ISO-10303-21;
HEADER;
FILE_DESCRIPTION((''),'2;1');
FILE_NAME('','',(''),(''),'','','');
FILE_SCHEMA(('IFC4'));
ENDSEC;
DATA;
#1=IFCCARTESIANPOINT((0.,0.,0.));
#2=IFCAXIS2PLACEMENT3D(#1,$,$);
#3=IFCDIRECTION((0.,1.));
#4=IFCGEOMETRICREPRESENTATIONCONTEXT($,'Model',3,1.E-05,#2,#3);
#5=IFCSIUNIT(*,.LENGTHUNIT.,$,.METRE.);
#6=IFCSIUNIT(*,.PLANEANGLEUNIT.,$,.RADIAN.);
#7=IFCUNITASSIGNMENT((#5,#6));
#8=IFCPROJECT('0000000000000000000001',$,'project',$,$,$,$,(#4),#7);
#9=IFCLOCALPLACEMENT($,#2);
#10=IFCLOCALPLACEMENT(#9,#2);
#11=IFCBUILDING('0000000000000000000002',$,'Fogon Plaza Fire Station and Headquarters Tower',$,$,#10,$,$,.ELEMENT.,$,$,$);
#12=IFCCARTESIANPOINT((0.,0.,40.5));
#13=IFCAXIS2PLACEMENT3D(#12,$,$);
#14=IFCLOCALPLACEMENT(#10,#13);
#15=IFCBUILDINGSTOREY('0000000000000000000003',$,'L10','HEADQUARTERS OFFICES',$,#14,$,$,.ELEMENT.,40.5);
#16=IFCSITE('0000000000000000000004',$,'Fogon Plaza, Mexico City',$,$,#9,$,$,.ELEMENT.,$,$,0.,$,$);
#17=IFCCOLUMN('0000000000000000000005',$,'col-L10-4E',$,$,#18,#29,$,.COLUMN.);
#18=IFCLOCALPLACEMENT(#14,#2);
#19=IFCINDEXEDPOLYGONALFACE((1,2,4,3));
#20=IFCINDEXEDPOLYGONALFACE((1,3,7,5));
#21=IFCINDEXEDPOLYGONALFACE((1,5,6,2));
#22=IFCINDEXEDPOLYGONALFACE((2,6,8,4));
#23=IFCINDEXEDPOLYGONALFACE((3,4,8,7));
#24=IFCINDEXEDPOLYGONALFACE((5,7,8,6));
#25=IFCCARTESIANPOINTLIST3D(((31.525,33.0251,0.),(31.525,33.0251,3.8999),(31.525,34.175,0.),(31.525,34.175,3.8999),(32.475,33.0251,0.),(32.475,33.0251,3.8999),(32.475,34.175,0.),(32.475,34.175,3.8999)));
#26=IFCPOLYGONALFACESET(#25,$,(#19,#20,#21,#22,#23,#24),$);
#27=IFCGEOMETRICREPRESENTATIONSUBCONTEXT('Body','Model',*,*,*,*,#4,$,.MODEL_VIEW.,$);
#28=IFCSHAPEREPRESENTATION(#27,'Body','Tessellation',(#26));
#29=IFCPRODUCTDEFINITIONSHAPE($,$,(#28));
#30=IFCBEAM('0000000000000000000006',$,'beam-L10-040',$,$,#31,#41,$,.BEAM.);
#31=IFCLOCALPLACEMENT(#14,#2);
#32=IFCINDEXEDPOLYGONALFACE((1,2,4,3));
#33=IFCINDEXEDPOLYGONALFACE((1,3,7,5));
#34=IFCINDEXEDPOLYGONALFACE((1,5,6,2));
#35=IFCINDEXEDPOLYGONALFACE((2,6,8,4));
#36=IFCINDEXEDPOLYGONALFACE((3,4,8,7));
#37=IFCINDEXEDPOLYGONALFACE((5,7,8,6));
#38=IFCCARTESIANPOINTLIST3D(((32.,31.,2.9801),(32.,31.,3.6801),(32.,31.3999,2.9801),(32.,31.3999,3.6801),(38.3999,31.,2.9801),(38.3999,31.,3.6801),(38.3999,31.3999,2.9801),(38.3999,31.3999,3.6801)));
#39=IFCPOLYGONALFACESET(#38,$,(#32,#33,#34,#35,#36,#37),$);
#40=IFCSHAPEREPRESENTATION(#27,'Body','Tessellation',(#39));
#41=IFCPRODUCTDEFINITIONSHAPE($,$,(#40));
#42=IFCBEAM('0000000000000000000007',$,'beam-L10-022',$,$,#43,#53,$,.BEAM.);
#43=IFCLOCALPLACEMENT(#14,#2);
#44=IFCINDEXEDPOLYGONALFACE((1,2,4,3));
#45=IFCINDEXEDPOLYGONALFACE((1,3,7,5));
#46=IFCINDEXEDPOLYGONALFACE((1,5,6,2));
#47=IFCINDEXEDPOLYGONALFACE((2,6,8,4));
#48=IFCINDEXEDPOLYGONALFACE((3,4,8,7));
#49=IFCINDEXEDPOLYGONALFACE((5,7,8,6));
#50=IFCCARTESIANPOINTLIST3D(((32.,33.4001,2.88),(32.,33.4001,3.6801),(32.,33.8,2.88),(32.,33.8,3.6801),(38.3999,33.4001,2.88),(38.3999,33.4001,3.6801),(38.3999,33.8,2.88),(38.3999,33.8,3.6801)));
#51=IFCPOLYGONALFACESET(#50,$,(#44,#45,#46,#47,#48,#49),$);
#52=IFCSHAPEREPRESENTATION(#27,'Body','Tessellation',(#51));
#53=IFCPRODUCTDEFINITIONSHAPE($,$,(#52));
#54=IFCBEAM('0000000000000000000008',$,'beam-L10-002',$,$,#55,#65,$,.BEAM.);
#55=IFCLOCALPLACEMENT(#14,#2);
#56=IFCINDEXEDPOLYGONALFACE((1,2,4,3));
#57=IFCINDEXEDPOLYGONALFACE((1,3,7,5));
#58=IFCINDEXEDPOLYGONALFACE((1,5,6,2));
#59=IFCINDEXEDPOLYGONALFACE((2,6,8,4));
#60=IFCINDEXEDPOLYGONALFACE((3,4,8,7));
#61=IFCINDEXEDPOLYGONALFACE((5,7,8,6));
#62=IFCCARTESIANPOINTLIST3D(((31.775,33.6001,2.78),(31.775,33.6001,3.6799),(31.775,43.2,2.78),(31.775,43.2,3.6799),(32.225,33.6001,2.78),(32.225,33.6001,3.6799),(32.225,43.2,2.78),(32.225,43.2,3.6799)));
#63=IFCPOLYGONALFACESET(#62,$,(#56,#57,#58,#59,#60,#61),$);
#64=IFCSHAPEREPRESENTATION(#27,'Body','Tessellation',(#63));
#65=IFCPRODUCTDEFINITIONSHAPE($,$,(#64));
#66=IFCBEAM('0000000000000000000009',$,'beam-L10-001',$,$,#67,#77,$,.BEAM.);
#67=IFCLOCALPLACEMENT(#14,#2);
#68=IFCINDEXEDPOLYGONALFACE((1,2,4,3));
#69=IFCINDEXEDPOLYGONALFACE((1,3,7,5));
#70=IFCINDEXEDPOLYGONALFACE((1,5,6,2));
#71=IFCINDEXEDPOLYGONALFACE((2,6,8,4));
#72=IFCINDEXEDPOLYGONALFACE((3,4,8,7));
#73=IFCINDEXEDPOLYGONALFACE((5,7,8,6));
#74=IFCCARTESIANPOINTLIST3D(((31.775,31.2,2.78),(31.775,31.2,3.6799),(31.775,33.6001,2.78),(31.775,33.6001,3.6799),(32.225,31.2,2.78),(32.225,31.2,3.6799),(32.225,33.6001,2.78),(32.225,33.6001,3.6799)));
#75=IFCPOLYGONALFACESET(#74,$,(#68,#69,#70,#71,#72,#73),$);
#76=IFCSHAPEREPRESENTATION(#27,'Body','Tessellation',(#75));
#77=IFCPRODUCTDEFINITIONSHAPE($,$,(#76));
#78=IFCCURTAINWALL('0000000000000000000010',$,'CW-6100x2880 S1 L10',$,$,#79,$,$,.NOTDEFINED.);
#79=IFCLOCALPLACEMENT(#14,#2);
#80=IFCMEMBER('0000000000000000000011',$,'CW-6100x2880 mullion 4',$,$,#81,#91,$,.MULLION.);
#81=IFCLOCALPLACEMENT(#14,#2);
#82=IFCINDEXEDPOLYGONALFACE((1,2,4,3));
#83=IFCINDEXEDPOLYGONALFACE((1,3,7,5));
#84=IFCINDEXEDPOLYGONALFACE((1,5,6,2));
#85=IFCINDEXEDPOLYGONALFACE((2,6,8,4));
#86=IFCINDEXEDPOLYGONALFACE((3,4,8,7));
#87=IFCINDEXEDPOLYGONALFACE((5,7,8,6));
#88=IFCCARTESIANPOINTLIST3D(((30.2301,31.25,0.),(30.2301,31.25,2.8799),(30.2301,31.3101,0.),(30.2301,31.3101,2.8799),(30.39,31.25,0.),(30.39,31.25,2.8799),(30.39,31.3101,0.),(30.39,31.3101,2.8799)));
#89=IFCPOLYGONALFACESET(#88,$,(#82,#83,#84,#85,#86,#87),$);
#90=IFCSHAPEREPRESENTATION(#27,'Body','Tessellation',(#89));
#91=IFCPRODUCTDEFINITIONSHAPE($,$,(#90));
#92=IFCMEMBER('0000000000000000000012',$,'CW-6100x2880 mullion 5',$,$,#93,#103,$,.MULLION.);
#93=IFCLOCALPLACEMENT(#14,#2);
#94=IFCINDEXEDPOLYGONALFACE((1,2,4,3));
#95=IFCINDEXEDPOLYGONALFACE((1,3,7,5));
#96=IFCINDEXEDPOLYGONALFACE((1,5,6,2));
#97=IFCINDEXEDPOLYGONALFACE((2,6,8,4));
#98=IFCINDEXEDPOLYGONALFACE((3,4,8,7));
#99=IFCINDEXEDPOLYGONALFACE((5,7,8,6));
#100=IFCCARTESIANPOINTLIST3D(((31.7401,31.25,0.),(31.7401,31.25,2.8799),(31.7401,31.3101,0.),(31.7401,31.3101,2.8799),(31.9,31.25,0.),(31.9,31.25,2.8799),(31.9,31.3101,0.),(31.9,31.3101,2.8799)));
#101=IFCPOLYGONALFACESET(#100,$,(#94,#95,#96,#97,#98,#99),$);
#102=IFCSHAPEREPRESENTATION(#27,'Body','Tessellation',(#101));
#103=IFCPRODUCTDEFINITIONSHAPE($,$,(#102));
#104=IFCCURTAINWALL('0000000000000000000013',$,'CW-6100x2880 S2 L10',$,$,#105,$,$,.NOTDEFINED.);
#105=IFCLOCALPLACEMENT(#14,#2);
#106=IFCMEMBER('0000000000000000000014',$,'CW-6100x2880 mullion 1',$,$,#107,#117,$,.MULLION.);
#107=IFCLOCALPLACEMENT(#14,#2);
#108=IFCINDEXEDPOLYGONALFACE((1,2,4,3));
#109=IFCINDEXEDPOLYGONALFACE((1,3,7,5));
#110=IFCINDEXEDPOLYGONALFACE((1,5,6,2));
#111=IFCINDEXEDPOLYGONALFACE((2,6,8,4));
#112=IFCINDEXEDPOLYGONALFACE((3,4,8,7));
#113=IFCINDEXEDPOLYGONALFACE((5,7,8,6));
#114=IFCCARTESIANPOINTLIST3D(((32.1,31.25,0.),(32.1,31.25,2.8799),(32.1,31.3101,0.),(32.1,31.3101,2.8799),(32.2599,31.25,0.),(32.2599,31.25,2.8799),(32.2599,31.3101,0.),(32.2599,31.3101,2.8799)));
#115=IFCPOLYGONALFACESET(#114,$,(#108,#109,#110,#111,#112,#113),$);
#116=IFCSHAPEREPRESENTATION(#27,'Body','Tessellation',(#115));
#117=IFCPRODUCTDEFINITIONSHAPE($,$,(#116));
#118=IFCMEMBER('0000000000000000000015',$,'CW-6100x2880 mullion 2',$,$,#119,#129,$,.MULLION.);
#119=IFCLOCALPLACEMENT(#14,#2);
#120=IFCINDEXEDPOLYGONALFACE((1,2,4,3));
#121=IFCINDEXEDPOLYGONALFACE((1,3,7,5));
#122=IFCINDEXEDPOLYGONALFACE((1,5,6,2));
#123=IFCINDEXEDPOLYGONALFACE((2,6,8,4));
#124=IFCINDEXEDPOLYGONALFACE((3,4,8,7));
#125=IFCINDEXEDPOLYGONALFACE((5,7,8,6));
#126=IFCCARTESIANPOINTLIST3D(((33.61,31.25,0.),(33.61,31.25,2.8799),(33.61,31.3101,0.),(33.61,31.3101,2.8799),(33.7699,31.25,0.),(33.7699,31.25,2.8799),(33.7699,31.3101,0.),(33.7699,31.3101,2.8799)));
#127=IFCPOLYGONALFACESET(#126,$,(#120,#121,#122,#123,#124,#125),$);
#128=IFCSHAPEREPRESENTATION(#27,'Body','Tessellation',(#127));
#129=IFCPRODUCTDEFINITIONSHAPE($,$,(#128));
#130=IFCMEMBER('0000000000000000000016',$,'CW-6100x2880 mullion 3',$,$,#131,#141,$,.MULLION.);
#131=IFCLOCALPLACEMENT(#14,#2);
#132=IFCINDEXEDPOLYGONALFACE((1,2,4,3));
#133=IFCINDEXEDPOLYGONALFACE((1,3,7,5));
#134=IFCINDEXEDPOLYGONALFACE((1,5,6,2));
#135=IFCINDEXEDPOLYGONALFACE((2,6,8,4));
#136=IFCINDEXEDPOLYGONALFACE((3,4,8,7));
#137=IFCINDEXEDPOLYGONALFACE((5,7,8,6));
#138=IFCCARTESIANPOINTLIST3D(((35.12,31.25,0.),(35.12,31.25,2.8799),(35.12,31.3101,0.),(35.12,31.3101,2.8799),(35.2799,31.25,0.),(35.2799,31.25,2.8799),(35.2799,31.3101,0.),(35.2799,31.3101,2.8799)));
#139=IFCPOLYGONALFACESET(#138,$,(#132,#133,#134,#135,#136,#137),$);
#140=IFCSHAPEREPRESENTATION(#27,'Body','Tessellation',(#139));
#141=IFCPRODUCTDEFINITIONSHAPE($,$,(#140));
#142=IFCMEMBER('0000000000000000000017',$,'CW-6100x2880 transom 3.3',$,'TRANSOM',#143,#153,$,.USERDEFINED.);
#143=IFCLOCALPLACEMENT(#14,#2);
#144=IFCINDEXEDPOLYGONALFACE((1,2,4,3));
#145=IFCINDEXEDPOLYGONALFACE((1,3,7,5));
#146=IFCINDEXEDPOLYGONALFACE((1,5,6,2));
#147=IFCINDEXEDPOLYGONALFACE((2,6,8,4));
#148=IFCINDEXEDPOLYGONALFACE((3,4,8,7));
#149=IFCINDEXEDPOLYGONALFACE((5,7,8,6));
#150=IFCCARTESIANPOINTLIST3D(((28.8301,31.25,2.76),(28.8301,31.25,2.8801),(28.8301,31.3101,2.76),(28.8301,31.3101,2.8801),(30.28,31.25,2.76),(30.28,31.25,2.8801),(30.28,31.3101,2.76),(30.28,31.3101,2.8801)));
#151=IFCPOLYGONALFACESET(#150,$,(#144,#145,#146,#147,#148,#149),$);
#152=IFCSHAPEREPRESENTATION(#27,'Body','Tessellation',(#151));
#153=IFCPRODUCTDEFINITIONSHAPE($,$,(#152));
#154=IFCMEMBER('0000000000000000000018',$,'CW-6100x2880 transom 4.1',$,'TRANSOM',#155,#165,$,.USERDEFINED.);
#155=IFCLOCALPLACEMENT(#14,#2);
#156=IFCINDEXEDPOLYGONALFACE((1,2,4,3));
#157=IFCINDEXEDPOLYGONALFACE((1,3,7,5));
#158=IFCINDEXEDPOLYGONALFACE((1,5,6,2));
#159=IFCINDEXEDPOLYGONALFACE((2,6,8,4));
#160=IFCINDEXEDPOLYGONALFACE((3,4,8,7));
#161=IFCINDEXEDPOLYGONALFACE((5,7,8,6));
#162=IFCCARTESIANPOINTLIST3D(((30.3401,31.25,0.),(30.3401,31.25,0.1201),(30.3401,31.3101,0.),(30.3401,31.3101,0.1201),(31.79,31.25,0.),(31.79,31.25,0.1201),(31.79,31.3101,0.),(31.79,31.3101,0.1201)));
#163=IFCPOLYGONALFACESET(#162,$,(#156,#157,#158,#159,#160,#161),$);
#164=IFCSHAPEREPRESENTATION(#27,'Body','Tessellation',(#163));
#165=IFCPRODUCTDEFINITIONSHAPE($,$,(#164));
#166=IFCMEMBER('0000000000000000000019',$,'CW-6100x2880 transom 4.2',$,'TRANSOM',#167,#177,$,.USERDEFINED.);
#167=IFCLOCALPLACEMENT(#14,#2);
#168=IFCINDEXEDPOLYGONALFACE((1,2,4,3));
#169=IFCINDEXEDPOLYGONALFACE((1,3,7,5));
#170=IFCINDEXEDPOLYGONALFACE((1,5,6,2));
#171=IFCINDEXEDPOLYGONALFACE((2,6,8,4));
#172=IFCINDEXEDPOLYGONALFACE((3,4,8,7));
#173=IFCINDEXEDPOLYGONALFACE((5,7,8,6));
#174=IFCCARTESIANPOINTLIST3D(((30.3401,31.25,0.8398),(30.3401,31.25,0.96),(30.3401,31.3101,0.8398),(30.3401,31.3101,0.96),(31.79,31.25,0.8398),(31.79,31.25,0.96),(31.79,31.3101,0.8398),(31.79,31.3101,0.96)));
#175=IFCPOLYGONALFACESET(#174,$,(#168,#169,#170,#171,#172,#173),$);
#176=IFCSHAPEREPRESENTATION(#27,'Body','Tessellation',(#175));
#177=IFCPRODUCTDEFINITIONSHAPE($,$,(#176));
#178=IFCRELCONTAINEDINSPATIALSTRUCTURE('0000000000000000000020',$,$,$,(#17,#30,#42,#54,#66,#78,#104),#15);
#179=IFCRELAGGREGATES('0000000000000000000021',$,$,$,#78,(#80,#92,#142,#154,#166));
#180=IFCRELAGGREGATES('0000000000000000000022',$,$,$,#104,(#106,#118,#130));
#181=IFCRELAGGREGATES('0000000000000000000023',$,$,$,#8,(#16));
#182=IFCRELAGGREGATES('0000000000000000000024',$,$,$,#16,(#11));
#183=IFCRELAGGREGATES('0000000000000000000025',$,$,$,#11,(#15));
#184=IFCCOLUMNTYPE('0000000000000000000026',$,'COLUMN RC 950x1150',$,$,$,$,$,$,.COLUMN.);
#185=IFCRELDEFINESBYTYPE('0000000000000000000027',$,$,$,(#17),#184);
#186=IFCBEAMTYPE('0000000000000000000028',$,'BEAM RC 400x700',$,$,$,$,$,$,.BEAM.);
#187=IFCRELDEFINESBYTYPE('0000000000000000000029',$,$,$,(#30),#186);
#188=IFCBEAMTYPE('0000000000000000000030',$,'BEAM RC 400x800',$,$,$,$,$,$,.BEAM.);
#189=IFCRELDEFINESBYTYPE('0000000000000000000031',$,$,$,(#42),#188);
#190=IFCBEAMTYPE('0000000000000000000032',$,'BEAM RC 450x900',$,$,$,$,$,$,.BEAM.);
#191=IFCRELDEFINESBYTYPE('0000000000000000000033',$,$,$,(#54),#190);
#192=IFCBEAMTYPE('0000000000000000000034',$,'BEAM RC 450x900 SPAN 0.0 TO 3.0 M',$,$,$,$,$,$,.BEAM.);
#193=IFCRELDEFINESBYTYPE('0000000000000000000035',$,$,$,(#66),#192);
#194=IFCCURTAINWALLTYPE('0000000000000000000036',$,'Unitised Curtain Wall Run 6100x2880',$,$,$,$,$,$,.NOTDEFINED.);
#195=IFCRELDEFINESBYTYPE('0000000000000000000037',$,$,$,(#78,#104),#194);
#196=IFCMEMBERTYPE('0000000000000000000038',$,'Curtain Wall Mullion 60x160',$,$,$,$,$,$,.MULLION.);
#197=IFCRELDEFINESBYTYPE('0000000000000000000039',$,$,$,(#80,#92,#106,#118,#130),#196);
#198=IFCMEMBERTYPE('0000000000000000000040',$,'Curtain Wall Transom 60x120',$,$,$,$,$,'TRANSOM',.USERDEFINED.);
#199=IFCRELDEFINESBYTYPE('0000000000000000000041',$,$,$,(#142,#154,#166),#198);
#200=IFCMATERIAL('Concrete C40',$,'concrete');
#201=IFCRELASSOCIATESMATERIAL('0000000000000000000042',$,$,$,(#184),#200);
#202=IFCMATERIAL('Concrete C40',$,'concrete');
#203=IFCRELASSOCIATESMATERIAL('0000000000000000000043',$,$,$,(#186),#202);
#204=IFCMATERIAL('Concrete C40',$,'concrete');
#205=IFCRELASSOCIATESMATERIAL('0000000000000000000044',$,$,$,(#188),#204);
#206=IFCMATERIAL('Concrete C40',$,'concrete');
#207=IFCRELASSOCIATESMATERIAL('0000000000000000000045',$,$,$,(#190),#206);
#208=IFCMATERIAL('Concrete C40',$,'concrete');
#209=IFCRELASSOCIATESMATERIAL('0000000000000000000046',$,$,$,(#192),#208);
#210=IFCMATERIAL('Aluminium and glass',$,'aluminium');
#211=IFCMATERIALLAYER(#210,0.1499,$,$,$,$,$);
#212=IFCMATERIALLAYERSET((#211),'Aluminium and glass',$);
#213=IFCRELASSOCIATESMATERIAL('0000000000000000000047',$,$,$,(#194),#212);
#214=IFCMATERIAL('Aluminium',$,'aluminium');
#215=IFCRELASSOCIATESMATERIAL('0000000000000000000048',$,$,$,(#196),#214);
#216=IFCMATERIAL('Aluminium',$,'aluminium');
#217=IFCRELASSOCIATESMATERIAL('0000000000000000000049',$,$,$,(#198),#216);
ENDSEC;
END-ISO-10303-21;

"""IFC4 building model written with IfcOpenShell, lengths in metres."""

from ifc_helpers import new_model, si_unit, direction, frame, origin, origin_2d, place, context, subcontext, project, spatial, rectangle, extrude, material, layer, layer_set, material_profile, profile_set, type_object, element, aggregate, save


model = new_model("IFC4")

# Units and contexts
model_context = context("Model", 3, precision=1e-05, world=origin(), true_north=direction((0.0, 1.0)))
body_context = subcontext(model_context, "Body", "Model", "MODEL_VIEW")
ifc_project = project(units=[si_unit("LENGTHUNIT", "METRE"), si_unit("PLANEANGLEUNIT", "RADIAN")], contexts=[model_context])

# Site, building, storey
site_placement = place(None, origin())
site = spatial("IfcSite", under=ifc_project, at=site_placement, Name="Fogon Plaza, Mexico City", CompositionType="ELEMENT", RefElevation=0.0)
building_placement = place(site_placement, origin())
building = spatial("IfcBuilding", under=site, at=building_placement, Name="Fogon Plaza Fire Station and Headquarters Tower", CompositionType="ELEMENT")
storey_placement = place(building_placement, frame((0.0, 0.0, 40.5)))
storey = spatial("IfcBuildingStorey", under=building, at=storey_placement, Name="L10", Description="HEADQUARTERS OFFICES", CompositionType="ELEMENT", Elevation=40.5)

# Column
ifc_material_1 = material(Name="Concrete C40", Category="concrete")
ifc_material_profile_1 = material_profile(ifc_material_1, rectangle(XDim=0.95, YDim=1.1499, at=origin_2d()), Name="RC 950x1150")
ifc_profile_set_1 = profile_set([ifc_material_profile_1], Name="Concrete C40")
column_type = type_object("IfcColumnType", Name="COLUMN RC 950x1150", PredefinedType="COLUMN", material=ifc_profile_set_1)
column_placement = place(storey_placement, frame((32.0, 33.6001, 0.0), z_axis=(0.0, 0.0, 1.0), x_axis=(1.0, 0.0, 0.0)))
element("IfcColumn", 1, at=column_placement, inside=storey, type_object=column_type, Name="col-L10-4E", PredefinedType="COLUMN", context=body_context, shape_type="SweptSolid", body=[
    extrude(rectangle(XDim=0.95, YDim=1.1499, at=origin_2d()), origin(), (0.0, 0.0, 1.0), 3.8999),
])

# Beams
ifc_material_2 = material(Name="Concrete C40", Category="concrete")
ifc_material_profile_2 = material_profile(ifc_material_2, rectangle(XDim=0.3999, YDim=0.7, at=origin_2d()), Name="RC 400x700")
ifc_profile_set_2 = profile_set([ifc_material_profile_2], Name="Concrete C40")
beam_type_1 = type_object("IfcBeamType", Name="BEAM RC 400x700", PredefinedType="BEAM", material=ifc_profile_set_2)
beam_1_placement = place(storey_placement, frame((32.0, 31.2, 3.3301), z_axis=(1.0, 0.0, 0.0), x_axis=(0.0, 1.0, 0.0)))
element("IfcBeam", 2, at=beam_1_placement, inside=storey, type_object=beam_type_1, Name="beam-L10-040", PredefinedType="BEAM", context=body_context, shape_type="SweptSolid", body=[
    extrude(rectangle(XDim=0.3999, YDim=0.7, at=origin_2d()), origin(), (0.0, 0.0, 1.0), 6.3999),
])
ifc_material_3 = material(Name="Concrete C40", Category="concrete")
ifc_material_profile_3 = material_profile(ifc_material_3, rectangle(XDim=0.3999, YDim=0.8, at=origin_2d()), Name="RC 400x800")
ifc_profile_set_3 = profile_set([ifc_material_profile_3], Name="Concrete C40")
beam_type_2 = type_object("IfcBeamType", Name="BEAM RC 400x800", PredefinedType="BEAM", material=ifc_profile_set_3)
beam_2_placement = place(storey_placement, frame((32.0, 33.6001, 3.28), z_axis=(1.0, 0.0, 0.0), x_axis=(0.0, 1.0, 0.0)))
element("IfcBeam", 3, at=beam_2_placement, inside=storey, type_object=beam_type_2, Name="beam-L10-022", PredefinedType="BEAM", context=body_context, shape_type="SweptSolid", body=[
    extrude(rectangle(XDim=0.3999, YDim=0.8, at=origin_2d()), origin(), (0.0, 0.0, 1.0), 6.3999),
])
ifc_material_4 = material(Name="Concrete C40", Category="concrete")
ifc_material_profile_4 = material_profile(ifc_material_4, rectangle(XDim=0.45, YDim=0.8999, at=origin_2d()), Name="RC 450x900")
ifc_profile_set_4 = profile_set([ifc_material_profile_4], Name="Concrete C40")
beam_type_3 = type_object("IfcBeamType", Name="BEAM RC 450x900", PredefinedType="BEAM", material=ifc_profile_set_4)
beam_3_placement = place(storey_placement, frame((32.0, 33.6001, 3.23), z_axis=(0.0, 1.0, 0.0), x_axis=(-1.0, 0.0, 0.0)))
element("IfcBeam", 4, at=beam_3_placement, inside=storey, type_object=beam_type_3, Name="beam-L10-002", PredefinedType="BEAM", context=body_context, shape_type="SweptSolid", body=[
    extrude(rectangle(XDim=0.45, YDim=0.8999, at=origin_2d()), origin(), (0.0, 0.0, 1.0), 9.5999),
])
ifc_material_5 = material(Name="Concrete C40", Category="concrete")
ifc_material_profile_5 = material_profile(ifc_material_5, rectangle(XDim=0.45, YDim=0.8999, at=origin_2d()), Name="RC 450x900")
ifc_profile_set_5 = profile_set([ifc_material_profile_5], Name="Concrete C40")
beam_type_4 = type_object("IfcBeamType", Name="BEAM RC 450x900 SPAN 0.0 TO 3.0 M", PredefinedType="BEAM", material=ifc_profile_set_5)
beam_4_placement = place(storey_placement, frame((32.0, 31.2, 3.23), z_axis=(0.0, 1.0, 0.0), x_axis=(-1.0, 0.0, 0.0)))
element("IfcBeam", 5, at=beam_4_placement, inside=storey, type_object=beam_type_4, Name="beam-L10-001", PredefinedType="BEAM", context=body_context, shape_type="SweptSolid", body=[
    extrude(rectangle(XDim=0.45, YDim=0.8999, at=origin_2d()), origin(), (0.0, 0.0, 1.0), 2.4001),
])

# Curtain walls, members
ifc_material_6 = material(Name="Aluminium and glass", Category="aluminium")
ifc_layer_1 = layer(ifc_material_6, 0.1499)
ifc_layer_set_1 = layer_set([ifc_layer_1], Name="Aluminium and glass")
curtain_wall_type = type_object("IfcCurtainWallType", Name="Unitised Curtain Wall Run 6100x2880", PredefinedType="NOTDEFINED", material=ifc_layer_set_1)
curtain_wall_1_placement = place(storey_placement, origin())
curtain_wall_1 = element("IfcCurtainWall", 6, at=curtain_wall_1_placement, inside=storey, type_object=curtain_wall_type, Name="CW-6100x2880 S1 L10", PredefinedType="NOTDEFINED")
ifc_material_7 = material(Name="Aluminium", Category="aluminium")
ifc_material_profile_6 = material_profile(ifc_material_7, rectangle(XDim=0.0601, YDim=0.1599, at=origin_2d()), Name="Curtain Wall Mullion 60x160")
ifc_profile_set_6 = profile_set([ifc_material_profile_6], Name="Aluminium")
member_type_1 = type_object("IfcMemberType", Name="Curtain Wall Mullion 60x160", PredefinedType="MULLION", material=ifc_profile_set_6)
member_1_placement = place(storey_placement, frame((30.3101, 31.28, 0.0), z_axis=(0.0, 0.0, 1.0), x_axis=(0.0, 1.0, 0.0)))
member_1 = element("IfcMember", 7, at=member_1_placement, type_object=member_type_1, Name="CW-6100x2880 mullion 4", PredefinedType="MULLION", context=body_context, shape_type="SweptSolid", body=[
    extrude(rectangle(XDim=0.0601, YDim=0.1599, at=origin_2d()), origin(), (0.0, 0.0, 1.0), 2.8799),
])
member_2_placement = place(storey_placement, frame((31.8201, 31.28, 0.0), z_axis=(0.0, 0.0, 1.0), x_axis=(0.0, 1.0, 0.0)))
member_2 = element("IfcMember", 8, at=member_2_placement, type_object=member_type_1, Name="CW-6100x2880 mullion 5", PredefinedType="MULLION", context=body_context, shape_type="SweptSolid", body=[
    extrude(rectangle(XDim=0.0601, YDim=0.1599, at=origin_2d()), origin(), (0.0, 0.0, 1.0), 2.8799),
])
curtain_wall_2_placement = place(storey_placement, origin())
curtain_wall_2 = element("IfcCurtainWall", 9, at=curtain_wall_2_placement, inside=storey, type_object=curtain_wall_type, Name="CW-6100x2880 S2 L10", PredefinedType="NOTDEFINED")
member_3_placement = place(storey_placement, frame((32.1799, 31.28, 0.0), z_axis=(0.0, 0.0, 1.0), x_axis=(0.0, 1.0, 0.0)))
member_3 = element("IfcMember", 10, at=member_3_placement, type_object=member_type_1, Name="CW-6100x2880 mullion 1", PredefinedType="MULLION", context=body_context, shape_type="SweptSolid", body=[
    extrude(rectangle(XDim=0.0601, YDim=0.1599, at=origin_2d()), origin(), (0.0, 0.0, 1.0), 2.8799),
])
member_4_placement = place(storey_placement, frame((33.6899, 31.28, 0.0), z_axis=(0.0, 0.0, 1.0), x_axis=(0.0, 1.0, 0.0)))
member_4 = element("IfcMember", 11, at=member_4_placement, type_object=member_type_1, Name="CW-6100x2880 mullion 2", PredefinedType="MULLION", context=body_context, shape_type="SweptSolid", body=[
    extrude(rectangle(XDim=0.0601, YDim=0.1599, at=origin_2d()), origin(), (0.0, 0.0, 1.0), 2.8799),
])
member_5_placement = place(storey_placement, frame((35.2, 31.28, 0.0), z_axis=(0.0, 0.0, 1.0), x_axis=(0.0, 1.0, 0.0)))
member_5 = element("IfcMember", 12, at=member_5_placement, type_object=member_type_1, Name="CW-6100x2880 mullion 3", PredefinedType="MULLION", context=body_context, shape_type="SweptSolid", body=[
    extrude(rectangle(XDim=0.0601, YDim=0.1599, at=origin_2d()), origin(), (0.0, 0.0, 1.0), 2.8799),
])

# Members
ifc_material_8 = material(Name="Aluminium", Category="aluminium")
ifc_material_profile_7 = material_profile(ifc_material_8, rectangle(XDim=0.0601, YDim=0.1201, at=origin_2d()), Name="Curtain Wall Transom 60x120")
ifc_profile_set_7 = profile_set([ifc_material_profile_7], Name="Aluminium")
member_type_2 = type_object("IfcMemberType", Name="Curtain Wall Transom 60x120", ElementType="TRANSOM", PredefinedType="USERDEFINED", material=ifc_profile_set_7)
member_6_placement = place(storey_placement, frame((28.8301, 31.28, 2.8201), z_axis=(1.0, 0.0, 0.0), x_axis=(0.0, 1.0, 0.0)))
member_6 = element("IfcMember", 13, at=member_6_placement, type_object=member_type_2, Name="CW-6100x2880 transom 3.3", ObjectType="TRANSOM", PredefinedType="USERDEFINED", context=body_context, shape_type="SweptSolid", body=[
    extrude(rectangle(XDim=0.0601, YDim=0.1201, at=origin_2d()), origin(), (0.0, 0.0, 1.0), 1.45),
])
member_7_placement = place(storey_placement, frame((30.3401, 31.28, 0.0601), z_axis=(1.0, 0.0, 0.0), x_axis=(0.0, 1.0, 0.0)))
member_7 = element("IfcMember", 14, at=member_7_placement, type_object=member_type_2, Name="CW-6100x2880 transom 4.1", ObjectType="TRANSOM", PredefinedType="USERDEFINED", context=body_context, shape_type="SweptSolid", body=[
    extrude(rectangle(XDim=0.0601, YDim=0.1201, at=origin_2d()), origin(), (0.0, 0.0, 1.0), 1.45),
])
member_8_placement = place(storey_placement, frame((30.3401, 31.28, 0.8999), z_axis=(1.0, 0.0, 0.0), x_axis=(0.0, 1.0, 0.0)))
member_8 = element("IfcMember", 15, at=member_8_placement, type_object=member_type_2, Name="CW-6100x2880 transom 4.2", ObjectType="TRANSOM", PredefinedType="USERDEFINED", context=body_context, shape_type="SweptSolid", body=[
    extrude(rectangle(XDim=0.0601, YDim=0.1201, at=origin_2d()), origin(), (0.0, 0.0, 1.0), 1.45),
])

aggregate(curtain_wall_1, [member_1, member_2, member_6, member_7, member_8])
aggregate(curtain_wall_2, [member_3, member_4, member_5])

save(model, "model.ifc")
